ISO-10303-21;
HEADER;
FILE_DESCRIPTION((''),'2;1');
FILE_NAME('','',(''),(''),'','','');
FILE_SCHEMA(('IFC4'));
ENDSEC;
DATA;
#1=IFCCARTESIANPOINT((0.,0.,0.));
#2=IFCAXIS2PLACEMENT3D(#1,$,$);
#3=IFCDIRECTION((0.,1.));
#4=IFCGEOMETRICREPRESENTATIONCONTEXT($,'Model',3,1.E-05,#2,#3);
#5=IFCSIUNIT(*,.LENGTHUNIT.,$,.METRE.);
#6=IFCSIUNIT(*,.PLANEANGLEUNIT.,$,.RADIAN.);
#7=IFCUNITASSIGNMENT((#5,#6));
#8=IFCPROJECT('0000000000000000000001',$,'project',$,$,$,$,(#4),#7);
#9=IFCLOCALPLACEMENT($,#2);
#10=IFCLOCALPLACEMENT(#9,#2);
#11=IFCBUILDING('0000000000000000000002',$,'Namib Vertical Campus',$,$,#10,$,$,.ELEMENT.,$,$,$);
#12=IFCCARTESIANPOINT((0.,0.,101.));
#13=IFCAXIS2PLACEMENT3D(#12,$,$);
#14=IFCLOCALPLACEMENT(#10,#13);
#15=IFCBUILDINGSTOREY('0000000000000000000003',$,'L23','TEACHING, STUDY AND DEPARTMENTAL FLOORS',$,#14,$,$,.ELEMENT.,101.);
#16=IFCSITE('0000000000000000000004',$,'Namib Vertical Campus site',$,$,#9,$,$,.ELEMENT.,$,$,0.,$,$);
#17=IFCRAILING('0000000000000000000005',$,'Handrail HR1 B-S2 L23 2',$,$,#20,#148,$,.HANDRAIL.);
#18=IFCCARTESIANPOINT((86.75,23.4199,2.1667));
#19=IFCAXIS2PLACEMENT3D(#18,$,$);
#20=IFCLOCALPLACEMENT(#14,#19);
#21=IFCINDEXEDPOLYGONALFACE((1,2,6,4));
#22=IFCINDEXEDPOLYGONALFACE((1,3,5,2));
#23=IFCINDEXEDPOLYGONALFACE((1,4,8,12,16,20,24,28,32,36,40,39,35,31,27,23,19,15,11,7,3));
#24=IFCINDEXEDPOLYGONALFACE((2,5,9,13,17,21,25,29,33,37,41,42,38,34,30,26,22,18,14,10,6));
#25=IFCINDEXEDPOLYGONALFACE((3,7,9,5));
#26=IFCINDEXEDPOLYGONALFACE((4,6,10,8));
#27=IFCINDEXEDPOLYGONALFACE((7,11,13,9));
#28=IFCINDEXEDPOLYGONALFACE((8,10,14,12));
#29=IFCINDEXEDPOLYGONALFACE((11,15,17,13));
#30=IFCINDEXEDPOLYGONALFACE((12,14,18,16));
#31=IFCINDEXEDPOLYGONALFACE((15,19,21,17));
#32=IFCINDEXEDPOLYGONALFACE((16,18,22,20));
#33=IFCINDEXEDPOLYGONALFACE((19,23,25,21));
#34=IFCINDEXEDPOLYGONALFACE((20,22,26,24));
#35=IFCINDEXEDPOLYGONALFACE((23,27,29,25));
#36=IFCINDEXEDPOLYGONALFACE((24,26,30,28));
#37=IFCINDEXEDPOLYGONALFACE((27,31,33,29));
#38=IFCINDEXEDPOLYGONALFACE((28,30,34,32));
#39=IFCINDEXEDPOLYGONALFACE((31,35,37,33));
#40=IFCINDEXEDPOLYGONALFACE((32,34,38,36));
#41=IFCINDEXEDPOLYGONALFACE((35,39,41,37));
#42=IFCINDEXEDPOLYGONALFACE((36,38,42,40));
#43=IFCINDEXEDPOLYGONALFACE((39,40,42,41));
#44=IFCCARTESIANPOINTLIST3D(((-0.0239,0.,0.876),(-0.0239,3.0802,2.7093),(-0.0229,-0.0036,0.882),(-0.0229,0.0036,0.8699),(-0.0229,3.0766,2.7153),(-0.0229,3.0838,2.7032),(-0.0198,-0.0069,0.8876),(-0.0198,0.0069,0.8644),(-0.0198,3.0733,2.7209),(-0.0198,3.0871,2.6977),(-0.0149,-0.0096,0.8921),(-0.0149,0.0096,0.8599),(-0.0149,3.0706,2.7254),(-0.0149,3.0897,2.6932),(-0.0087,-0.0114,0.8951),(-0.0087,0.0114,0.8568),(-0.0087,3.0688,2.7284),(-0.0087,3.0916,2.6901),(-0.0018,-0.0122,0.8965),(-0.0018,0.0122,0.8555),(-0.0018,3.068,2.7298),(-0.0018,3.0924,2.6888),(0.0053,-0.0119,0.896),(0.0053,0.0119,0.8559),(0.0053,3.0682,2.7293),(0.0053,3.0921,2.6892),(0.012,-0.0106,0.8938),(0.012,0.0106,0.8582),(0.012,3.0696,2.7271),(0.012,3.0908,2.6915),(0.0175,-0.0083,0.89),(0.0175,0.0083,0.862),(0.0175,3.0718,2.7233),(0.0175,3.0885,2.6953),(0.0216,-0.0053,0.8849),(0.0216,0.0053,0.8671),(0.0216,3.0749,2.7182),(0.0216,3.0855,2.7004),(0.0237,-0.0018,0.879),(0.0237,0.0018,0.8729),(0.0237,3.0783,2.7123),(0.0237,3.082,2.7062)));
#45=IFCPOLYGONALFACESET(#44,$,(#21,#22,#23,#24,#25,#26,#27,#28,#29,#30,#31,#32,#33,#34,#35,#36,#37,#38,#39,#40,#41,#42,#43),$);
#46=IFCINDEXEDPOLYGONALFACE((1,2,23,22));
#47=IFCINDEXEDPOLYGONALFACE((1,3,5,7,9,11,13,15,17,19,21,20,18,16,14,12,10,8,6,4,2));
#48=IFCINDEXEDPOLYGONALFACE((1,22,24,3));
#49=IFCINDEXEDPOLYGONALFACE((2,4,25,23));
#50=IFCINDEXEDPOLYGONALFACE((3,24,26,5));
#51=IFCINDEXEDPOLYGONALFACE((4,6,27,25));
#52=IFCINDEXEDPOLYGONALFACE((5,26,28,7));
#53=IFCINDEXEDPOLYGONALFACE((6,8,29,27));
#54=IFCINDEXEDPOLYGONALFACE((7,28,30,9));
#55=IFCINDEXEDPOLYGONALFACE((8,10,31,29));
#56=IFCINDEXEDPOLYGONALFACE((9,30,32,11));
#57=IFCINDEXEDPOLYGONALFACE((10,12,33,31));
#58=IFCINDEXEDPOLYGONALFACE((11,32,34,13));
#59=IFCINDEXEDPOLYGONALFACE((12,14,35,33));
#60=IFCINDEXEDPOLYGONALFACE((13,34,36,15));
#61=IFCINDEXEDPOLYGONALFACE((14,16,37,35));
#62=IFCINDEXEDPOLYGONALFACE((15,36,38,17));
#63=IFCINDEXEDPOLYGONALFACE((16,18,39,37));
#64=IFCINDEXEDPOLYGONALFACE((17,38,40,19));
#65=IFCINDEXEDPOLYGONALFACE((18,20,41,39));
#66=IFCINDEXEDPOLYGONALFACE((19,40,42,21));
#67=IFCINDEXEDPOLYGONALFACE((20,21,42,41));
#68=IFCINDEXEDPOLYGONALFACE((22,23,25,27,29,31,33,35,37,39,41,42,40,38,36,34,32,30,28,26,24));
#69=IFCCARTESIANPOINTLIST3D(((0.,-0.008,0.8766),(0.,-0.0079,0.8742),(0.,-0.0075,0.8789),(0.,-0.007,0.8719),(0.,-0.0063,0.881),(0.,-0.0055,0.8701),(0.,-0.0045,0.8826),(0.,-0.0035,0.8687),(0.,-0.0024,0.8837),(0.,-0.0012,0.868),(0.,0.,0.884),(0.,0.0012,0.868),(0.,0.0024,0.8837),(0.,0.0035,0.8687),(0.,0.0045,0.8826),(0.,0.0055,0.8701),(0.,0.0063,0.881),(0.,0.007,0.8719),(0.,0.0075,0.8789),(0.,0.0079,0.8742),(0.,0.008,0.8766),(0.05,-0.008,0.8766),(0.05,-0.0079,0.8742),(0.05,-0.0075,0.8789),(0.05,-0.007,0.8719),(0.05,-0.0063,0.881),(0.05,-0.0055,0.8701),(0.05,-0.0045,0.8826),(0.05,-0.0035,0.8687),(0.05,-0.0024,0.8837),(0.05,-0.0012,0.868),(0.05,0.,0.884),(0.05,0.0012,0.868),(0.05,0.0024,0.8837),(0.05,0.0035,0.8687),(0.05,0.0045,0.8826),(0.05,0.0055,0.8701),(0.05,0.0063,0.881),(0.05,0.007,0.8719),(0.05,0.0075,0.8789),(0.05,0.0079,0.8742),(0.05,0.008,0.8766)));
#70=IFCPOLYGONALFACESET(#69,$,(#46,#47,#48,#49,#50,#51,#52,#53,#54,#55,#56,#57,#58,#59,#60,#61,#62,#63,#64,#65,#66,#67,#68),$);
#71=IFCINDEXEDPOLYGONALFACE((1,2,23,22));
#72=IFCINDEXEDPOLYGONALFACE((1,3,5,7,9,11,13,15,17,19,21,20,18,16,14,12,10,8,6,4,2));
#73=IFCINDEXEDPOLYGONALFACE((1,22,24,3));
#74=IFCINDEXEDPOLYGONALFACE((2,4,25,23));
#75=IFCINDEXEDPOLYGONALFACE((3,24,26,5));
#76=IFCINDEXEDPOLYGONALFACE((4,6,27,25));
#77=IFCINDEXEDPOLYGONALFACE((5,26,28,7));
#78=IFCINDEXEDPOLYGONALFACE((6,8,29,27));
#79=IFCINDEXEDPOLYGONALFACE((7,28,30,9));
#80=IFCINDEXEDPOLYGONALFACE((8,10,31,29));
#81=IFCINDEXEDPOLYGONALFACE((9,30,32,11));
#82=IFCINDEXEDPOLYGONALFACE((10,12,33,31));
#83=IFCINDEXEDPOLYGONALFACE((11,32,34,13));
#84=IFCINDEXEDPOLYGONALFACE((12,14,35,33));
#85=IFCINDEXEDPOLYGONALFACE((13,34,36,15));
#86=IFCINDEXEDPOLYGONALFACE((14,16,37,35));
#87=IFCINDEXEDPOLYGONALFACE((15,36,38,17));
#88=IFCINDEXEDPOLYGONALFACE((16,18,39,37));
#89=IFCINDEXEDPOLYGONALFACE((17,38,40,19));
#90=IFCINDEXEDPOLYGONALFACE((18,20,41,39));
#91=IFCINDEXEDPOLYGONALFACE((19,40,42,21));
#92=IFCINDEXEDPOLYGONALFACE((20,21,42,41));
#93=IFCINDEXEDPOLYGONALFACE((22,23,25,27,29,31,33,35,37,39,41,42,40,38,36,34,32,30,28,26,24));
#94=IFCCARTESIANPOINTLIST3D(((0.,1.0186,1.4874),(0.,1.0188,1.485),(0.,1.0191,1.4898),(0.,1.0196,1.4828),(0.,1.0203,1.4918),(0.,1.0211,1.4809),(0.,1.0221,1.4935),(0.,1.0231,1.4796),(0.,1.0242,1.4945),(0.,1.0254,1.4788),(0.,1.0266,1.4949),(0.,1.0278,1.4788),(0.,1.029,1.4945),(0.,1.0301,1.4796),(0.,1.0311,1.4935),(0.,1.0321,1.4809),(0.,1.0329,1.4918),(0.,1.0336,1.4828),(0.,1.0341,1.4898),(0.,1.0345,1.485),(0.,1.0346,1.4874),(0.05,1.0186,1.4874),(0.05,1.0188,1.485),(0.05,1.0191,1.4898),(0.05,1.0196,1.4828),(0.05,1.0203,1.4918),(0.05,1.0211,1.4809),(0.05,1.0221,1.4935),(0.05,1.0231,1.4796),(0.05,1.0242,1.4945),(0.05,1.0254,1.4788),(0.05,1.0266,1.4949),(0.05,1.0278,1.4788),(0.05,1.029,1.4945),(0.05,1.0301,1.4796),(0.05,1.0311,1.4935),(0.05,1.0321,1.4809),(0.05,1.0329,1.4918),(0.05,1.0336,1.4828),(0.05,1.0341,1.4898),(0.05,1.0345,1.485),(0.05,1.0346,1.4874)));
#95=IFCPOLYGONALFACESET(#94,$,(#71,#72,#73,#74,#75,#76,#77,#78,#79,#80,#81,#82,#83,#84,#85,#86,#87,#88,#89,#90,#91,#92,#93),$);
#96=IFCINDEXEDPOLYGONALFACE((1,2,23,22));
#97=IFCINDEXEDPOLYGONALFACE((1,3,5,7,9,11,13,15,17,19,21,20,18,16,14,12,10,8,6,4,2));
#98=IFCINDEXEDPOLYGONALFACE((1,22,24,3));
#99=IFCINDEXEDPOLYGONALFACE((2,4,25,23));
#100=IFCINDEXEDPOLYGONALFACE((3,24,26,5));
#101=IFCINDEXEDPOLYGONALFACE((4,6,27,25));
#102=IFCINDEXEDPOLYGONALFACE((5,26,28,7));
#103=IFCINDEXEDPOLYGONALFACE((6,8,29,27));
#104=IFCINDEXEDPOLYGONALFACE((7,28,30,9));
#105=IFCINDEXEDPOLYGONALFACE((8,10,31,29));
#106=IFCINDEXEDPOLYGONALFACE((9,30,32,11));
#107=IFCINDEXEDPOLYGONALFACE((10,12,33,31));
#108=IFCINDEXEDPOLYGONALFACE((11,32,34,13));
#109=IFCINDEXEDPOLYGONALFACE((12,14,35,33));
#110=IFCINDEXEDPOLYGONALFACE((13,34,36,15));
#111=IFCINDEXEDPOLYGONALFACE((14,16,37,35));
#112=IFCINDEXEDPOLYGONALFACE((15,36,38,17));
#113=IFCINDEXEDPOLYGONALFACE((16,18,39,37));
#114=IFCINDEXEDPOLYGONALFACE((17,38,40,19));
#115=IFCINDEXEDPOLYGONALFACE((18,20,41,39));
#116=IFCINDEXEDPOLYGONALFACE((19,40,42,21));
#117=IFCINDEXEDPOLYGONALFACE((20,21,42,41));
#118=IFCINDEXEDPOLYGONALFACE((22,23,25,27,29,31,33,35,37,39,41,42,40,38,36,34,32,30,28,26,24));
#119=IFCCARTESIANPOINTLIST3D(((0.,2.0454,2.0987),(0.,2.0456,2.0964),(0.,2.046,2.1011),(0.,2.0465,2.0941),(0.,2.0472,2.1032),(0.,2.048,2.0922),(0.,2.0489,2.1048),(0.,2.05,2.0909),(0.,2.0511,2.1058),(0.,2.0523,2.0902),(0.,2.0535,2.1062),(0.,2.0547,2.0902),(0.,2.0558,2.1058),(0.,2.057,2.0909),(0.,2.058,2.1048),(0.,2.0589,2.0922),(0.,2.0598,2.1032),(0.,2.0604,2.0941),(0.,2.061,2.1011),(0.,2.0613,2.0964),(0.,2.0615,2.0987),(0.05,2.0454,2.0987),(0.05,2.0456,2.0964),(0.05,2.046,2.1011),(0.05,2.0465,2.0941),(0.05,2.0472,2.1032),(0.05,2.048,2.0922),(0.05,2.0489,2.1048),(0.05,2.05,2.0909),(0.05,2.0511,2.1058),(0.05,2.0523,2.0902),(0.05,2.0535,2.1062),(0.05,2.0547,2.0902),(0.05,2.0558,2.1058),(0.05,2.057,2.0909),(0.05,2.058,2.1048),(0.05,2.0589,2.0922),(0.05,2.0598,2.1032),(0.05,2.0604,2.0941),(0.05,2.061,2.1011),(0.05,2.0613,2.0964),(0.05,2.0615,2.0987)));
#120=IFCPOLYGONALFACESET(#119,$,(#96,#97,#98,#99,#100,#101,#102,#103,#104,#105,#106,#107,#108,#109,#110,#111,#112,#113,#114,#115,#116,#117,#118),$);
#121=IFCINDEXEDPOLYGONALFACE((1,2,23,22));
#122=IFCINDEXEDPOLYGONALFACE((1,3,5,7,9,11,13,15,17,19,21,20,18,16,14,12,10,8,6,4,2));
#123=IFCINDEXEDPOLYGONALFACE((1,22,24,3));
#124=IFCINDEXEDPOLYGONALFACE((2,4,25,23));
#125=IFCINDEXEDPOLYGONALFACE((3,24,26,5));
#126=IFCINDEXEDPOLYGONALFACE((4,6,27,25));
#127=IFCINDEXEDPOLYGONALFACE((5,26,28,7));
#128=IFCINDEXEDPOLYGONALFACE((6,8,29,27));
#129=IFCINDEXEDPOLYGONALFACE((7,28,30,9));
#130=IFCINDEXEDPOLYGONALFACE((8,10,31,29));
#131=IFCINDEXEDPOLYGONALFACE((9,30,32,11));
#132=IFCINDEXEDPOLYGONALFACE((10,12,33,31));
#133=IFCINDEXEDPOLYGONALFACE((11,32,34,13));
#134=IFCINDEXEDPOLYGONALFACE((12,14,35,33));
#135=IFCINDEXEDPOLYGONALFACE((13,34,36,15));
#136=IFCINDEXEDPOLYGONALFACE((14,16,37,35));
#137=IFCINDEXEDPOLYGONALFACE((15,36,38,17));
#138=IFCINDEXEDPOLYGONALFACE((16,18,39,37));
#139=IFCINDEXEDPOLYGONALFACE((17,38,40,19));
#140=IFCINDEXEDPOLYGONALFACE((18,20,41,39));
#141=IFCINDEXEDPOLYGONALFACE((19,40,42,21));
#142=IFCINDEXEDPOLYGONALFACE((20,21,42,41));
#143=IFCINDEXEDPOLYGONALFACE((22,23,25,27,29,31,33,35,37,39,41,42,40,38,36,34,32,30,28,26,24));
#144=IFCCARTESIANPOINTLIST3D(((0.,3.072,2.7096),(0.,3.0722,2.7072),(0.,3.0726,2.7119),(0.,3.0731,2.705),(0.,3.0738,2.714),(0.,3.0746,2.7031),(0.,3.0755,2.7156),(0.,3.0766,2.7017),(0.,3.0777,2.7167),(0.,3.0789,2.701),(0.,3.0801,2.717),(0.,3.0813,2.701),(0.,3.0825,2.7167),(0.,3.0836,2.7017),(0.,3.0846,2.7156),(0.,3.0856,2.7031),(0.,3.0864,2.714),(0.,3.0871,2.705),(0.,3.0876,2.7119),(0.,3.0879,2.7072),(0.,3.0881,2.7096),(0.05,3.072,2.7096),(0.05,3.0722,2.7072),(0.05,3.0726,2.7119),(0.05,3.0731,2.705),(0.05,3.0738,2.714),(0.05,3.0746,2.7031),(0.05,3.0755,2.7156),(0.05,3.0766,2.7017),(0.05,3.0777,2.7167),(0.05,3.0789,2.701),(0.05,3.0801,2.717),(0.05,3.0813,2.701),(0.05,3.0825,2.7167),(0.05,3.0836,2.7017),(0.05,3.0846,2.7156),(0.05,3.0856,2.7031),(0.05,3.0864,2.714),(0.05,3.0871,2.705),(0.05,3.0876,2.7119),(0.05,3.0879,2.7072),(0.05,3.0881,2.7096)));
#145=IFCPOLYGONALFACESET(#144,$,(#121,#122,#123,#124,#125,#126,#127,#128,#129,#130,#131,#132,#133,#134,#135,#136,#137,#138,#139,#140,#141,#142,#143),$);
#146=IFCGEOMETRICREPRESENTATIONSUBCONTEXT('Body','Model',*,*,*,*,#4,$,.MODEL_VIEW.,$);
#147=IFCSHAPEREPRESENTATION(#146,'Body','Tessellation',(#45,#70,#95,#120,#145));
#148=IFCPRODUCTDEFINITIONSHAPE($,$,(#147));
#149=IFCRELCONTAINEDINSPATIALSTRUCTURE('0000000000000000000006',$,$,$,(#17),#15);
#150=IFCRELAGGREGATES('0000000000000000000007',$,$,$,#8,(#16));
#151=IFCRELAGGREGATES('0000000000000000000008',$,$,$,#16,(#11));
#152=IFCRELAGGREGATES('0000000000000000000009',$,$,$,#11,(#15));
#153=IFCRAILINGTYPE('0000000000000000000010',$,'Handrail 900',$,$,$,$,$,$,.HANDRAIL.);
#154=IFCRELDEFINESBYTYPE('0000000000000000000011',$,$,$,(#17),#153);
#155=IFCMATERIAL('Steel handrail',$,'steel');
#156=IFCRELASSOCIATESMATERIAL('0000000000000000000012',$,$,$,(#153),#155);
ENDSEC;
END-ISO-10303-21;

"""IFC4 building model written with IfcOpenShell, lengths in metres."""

from ifc_helpers import new_model, si_unit, direction, frame, origin, origin_2d, place, context, subcontext, project, spatial, circle, extrude, material, type_object, element, save


model = new_model("IFC4")

# Units and contexts
model_context = context("Model", 3, precision=1e-05, world=origin(), true_north=direction((0.0, 1.0)))
body_context = subcontext(model_context, "Body", "Model", "MODEL_VIEW")
ifc_project = project(units=[si_unit("LENGTHUNIT", "METRE"), si_unit("PLANEANGLEUNIT", "RADIAN")], contexts=[model_context])

# Site, building, storey
site_placement = place(None, origin())
site = spatial("IfcSite", under=ifc_project, at=site_placement, Name="Namib Vertical Campus site", CompositionType="ELEMENT", RefElevation=0.0)
building_placement = place(site_placement, origin())
building = spatial("IfcBuilding", under=site, at=building_placement, Name="Namib Vertical Campus", CompositionType="ELEMENT")
storey_placement = place(building_placement, frame((0.0, 0.0, 101.0)))
storey = spatial("IfcBuildingStorey", under=building, at=storey_placement, Name="L23", Description="TEACHING, STUDY AND DEPARTMENTAL FLOORS", CompositionType="ELEMENT", Elevation=101.0)

# Railing
ifc_material_1 = material(Name="Steel handrail", Category="steel")
railing_type = type_object("IfcRailingType", Name="Handrail 900", PredefinedType="HANDRAIL", material=ifc_material_1)
railing_placement = place(storey_placement, frame((86.75, 23.4199, 2.1667)))
element("IfcRailing", 1, at=railing_placement, inside=storey, type_object=railing_type, Name="Handrail HR1 B-S2 L23 2", PredefinedType="HANDRAIL", context=body_context, shape_type="SweptSolid", body=[
    extrude(circle(Radius=0.0239, at=origin_2d()), frame((0.0, 0.0, 0.876), z_axis=(0.0, 0.859309, 0.511458), x_axis=(-1.0, 0.0, 0.0)), (0.0, 0.0, 1.0), 3.5845),
    extrude(circle(Radius=0.0081, at=origin_2d()), frame((0.0, 0.0, 0.876), z_axis=(1.0, 0.0, 0.0), x_axis=(0.0, 0.0, 1.0)), (0.0, 0.0, 1.0), 0.05),
    extrude(circle(Radius=0.0081, at=origin_2d()), frame((0.0, 1.0266, 1.4868), z_axis=(1.0, 0.0, 0.0), x_axis=(0.0, 0.0, 1.0)), (0.0, 0.0, 1.0), 0.05),
    extrude(circle(Radius=0.0081, at=origin_2d()), frame((0.0, 2.0535, 2.0981), z_axis=(1.0, 0.0, 0.0), x_axis=(0.0, 0.0, 1.0)), (0.0, 0.0, 1.0), 0.05),
    extrude(circle(Radius=0.0081, at=origin_2d()), frame((0.0, 3.0801, 2.709), z_axis=(1.0, 0.0, 0.0), x_axis=(0.0, 0.0, 1.0)), (0.0, 0.0, 1.0), 0.05),
])

save(model, "model.ifc")
